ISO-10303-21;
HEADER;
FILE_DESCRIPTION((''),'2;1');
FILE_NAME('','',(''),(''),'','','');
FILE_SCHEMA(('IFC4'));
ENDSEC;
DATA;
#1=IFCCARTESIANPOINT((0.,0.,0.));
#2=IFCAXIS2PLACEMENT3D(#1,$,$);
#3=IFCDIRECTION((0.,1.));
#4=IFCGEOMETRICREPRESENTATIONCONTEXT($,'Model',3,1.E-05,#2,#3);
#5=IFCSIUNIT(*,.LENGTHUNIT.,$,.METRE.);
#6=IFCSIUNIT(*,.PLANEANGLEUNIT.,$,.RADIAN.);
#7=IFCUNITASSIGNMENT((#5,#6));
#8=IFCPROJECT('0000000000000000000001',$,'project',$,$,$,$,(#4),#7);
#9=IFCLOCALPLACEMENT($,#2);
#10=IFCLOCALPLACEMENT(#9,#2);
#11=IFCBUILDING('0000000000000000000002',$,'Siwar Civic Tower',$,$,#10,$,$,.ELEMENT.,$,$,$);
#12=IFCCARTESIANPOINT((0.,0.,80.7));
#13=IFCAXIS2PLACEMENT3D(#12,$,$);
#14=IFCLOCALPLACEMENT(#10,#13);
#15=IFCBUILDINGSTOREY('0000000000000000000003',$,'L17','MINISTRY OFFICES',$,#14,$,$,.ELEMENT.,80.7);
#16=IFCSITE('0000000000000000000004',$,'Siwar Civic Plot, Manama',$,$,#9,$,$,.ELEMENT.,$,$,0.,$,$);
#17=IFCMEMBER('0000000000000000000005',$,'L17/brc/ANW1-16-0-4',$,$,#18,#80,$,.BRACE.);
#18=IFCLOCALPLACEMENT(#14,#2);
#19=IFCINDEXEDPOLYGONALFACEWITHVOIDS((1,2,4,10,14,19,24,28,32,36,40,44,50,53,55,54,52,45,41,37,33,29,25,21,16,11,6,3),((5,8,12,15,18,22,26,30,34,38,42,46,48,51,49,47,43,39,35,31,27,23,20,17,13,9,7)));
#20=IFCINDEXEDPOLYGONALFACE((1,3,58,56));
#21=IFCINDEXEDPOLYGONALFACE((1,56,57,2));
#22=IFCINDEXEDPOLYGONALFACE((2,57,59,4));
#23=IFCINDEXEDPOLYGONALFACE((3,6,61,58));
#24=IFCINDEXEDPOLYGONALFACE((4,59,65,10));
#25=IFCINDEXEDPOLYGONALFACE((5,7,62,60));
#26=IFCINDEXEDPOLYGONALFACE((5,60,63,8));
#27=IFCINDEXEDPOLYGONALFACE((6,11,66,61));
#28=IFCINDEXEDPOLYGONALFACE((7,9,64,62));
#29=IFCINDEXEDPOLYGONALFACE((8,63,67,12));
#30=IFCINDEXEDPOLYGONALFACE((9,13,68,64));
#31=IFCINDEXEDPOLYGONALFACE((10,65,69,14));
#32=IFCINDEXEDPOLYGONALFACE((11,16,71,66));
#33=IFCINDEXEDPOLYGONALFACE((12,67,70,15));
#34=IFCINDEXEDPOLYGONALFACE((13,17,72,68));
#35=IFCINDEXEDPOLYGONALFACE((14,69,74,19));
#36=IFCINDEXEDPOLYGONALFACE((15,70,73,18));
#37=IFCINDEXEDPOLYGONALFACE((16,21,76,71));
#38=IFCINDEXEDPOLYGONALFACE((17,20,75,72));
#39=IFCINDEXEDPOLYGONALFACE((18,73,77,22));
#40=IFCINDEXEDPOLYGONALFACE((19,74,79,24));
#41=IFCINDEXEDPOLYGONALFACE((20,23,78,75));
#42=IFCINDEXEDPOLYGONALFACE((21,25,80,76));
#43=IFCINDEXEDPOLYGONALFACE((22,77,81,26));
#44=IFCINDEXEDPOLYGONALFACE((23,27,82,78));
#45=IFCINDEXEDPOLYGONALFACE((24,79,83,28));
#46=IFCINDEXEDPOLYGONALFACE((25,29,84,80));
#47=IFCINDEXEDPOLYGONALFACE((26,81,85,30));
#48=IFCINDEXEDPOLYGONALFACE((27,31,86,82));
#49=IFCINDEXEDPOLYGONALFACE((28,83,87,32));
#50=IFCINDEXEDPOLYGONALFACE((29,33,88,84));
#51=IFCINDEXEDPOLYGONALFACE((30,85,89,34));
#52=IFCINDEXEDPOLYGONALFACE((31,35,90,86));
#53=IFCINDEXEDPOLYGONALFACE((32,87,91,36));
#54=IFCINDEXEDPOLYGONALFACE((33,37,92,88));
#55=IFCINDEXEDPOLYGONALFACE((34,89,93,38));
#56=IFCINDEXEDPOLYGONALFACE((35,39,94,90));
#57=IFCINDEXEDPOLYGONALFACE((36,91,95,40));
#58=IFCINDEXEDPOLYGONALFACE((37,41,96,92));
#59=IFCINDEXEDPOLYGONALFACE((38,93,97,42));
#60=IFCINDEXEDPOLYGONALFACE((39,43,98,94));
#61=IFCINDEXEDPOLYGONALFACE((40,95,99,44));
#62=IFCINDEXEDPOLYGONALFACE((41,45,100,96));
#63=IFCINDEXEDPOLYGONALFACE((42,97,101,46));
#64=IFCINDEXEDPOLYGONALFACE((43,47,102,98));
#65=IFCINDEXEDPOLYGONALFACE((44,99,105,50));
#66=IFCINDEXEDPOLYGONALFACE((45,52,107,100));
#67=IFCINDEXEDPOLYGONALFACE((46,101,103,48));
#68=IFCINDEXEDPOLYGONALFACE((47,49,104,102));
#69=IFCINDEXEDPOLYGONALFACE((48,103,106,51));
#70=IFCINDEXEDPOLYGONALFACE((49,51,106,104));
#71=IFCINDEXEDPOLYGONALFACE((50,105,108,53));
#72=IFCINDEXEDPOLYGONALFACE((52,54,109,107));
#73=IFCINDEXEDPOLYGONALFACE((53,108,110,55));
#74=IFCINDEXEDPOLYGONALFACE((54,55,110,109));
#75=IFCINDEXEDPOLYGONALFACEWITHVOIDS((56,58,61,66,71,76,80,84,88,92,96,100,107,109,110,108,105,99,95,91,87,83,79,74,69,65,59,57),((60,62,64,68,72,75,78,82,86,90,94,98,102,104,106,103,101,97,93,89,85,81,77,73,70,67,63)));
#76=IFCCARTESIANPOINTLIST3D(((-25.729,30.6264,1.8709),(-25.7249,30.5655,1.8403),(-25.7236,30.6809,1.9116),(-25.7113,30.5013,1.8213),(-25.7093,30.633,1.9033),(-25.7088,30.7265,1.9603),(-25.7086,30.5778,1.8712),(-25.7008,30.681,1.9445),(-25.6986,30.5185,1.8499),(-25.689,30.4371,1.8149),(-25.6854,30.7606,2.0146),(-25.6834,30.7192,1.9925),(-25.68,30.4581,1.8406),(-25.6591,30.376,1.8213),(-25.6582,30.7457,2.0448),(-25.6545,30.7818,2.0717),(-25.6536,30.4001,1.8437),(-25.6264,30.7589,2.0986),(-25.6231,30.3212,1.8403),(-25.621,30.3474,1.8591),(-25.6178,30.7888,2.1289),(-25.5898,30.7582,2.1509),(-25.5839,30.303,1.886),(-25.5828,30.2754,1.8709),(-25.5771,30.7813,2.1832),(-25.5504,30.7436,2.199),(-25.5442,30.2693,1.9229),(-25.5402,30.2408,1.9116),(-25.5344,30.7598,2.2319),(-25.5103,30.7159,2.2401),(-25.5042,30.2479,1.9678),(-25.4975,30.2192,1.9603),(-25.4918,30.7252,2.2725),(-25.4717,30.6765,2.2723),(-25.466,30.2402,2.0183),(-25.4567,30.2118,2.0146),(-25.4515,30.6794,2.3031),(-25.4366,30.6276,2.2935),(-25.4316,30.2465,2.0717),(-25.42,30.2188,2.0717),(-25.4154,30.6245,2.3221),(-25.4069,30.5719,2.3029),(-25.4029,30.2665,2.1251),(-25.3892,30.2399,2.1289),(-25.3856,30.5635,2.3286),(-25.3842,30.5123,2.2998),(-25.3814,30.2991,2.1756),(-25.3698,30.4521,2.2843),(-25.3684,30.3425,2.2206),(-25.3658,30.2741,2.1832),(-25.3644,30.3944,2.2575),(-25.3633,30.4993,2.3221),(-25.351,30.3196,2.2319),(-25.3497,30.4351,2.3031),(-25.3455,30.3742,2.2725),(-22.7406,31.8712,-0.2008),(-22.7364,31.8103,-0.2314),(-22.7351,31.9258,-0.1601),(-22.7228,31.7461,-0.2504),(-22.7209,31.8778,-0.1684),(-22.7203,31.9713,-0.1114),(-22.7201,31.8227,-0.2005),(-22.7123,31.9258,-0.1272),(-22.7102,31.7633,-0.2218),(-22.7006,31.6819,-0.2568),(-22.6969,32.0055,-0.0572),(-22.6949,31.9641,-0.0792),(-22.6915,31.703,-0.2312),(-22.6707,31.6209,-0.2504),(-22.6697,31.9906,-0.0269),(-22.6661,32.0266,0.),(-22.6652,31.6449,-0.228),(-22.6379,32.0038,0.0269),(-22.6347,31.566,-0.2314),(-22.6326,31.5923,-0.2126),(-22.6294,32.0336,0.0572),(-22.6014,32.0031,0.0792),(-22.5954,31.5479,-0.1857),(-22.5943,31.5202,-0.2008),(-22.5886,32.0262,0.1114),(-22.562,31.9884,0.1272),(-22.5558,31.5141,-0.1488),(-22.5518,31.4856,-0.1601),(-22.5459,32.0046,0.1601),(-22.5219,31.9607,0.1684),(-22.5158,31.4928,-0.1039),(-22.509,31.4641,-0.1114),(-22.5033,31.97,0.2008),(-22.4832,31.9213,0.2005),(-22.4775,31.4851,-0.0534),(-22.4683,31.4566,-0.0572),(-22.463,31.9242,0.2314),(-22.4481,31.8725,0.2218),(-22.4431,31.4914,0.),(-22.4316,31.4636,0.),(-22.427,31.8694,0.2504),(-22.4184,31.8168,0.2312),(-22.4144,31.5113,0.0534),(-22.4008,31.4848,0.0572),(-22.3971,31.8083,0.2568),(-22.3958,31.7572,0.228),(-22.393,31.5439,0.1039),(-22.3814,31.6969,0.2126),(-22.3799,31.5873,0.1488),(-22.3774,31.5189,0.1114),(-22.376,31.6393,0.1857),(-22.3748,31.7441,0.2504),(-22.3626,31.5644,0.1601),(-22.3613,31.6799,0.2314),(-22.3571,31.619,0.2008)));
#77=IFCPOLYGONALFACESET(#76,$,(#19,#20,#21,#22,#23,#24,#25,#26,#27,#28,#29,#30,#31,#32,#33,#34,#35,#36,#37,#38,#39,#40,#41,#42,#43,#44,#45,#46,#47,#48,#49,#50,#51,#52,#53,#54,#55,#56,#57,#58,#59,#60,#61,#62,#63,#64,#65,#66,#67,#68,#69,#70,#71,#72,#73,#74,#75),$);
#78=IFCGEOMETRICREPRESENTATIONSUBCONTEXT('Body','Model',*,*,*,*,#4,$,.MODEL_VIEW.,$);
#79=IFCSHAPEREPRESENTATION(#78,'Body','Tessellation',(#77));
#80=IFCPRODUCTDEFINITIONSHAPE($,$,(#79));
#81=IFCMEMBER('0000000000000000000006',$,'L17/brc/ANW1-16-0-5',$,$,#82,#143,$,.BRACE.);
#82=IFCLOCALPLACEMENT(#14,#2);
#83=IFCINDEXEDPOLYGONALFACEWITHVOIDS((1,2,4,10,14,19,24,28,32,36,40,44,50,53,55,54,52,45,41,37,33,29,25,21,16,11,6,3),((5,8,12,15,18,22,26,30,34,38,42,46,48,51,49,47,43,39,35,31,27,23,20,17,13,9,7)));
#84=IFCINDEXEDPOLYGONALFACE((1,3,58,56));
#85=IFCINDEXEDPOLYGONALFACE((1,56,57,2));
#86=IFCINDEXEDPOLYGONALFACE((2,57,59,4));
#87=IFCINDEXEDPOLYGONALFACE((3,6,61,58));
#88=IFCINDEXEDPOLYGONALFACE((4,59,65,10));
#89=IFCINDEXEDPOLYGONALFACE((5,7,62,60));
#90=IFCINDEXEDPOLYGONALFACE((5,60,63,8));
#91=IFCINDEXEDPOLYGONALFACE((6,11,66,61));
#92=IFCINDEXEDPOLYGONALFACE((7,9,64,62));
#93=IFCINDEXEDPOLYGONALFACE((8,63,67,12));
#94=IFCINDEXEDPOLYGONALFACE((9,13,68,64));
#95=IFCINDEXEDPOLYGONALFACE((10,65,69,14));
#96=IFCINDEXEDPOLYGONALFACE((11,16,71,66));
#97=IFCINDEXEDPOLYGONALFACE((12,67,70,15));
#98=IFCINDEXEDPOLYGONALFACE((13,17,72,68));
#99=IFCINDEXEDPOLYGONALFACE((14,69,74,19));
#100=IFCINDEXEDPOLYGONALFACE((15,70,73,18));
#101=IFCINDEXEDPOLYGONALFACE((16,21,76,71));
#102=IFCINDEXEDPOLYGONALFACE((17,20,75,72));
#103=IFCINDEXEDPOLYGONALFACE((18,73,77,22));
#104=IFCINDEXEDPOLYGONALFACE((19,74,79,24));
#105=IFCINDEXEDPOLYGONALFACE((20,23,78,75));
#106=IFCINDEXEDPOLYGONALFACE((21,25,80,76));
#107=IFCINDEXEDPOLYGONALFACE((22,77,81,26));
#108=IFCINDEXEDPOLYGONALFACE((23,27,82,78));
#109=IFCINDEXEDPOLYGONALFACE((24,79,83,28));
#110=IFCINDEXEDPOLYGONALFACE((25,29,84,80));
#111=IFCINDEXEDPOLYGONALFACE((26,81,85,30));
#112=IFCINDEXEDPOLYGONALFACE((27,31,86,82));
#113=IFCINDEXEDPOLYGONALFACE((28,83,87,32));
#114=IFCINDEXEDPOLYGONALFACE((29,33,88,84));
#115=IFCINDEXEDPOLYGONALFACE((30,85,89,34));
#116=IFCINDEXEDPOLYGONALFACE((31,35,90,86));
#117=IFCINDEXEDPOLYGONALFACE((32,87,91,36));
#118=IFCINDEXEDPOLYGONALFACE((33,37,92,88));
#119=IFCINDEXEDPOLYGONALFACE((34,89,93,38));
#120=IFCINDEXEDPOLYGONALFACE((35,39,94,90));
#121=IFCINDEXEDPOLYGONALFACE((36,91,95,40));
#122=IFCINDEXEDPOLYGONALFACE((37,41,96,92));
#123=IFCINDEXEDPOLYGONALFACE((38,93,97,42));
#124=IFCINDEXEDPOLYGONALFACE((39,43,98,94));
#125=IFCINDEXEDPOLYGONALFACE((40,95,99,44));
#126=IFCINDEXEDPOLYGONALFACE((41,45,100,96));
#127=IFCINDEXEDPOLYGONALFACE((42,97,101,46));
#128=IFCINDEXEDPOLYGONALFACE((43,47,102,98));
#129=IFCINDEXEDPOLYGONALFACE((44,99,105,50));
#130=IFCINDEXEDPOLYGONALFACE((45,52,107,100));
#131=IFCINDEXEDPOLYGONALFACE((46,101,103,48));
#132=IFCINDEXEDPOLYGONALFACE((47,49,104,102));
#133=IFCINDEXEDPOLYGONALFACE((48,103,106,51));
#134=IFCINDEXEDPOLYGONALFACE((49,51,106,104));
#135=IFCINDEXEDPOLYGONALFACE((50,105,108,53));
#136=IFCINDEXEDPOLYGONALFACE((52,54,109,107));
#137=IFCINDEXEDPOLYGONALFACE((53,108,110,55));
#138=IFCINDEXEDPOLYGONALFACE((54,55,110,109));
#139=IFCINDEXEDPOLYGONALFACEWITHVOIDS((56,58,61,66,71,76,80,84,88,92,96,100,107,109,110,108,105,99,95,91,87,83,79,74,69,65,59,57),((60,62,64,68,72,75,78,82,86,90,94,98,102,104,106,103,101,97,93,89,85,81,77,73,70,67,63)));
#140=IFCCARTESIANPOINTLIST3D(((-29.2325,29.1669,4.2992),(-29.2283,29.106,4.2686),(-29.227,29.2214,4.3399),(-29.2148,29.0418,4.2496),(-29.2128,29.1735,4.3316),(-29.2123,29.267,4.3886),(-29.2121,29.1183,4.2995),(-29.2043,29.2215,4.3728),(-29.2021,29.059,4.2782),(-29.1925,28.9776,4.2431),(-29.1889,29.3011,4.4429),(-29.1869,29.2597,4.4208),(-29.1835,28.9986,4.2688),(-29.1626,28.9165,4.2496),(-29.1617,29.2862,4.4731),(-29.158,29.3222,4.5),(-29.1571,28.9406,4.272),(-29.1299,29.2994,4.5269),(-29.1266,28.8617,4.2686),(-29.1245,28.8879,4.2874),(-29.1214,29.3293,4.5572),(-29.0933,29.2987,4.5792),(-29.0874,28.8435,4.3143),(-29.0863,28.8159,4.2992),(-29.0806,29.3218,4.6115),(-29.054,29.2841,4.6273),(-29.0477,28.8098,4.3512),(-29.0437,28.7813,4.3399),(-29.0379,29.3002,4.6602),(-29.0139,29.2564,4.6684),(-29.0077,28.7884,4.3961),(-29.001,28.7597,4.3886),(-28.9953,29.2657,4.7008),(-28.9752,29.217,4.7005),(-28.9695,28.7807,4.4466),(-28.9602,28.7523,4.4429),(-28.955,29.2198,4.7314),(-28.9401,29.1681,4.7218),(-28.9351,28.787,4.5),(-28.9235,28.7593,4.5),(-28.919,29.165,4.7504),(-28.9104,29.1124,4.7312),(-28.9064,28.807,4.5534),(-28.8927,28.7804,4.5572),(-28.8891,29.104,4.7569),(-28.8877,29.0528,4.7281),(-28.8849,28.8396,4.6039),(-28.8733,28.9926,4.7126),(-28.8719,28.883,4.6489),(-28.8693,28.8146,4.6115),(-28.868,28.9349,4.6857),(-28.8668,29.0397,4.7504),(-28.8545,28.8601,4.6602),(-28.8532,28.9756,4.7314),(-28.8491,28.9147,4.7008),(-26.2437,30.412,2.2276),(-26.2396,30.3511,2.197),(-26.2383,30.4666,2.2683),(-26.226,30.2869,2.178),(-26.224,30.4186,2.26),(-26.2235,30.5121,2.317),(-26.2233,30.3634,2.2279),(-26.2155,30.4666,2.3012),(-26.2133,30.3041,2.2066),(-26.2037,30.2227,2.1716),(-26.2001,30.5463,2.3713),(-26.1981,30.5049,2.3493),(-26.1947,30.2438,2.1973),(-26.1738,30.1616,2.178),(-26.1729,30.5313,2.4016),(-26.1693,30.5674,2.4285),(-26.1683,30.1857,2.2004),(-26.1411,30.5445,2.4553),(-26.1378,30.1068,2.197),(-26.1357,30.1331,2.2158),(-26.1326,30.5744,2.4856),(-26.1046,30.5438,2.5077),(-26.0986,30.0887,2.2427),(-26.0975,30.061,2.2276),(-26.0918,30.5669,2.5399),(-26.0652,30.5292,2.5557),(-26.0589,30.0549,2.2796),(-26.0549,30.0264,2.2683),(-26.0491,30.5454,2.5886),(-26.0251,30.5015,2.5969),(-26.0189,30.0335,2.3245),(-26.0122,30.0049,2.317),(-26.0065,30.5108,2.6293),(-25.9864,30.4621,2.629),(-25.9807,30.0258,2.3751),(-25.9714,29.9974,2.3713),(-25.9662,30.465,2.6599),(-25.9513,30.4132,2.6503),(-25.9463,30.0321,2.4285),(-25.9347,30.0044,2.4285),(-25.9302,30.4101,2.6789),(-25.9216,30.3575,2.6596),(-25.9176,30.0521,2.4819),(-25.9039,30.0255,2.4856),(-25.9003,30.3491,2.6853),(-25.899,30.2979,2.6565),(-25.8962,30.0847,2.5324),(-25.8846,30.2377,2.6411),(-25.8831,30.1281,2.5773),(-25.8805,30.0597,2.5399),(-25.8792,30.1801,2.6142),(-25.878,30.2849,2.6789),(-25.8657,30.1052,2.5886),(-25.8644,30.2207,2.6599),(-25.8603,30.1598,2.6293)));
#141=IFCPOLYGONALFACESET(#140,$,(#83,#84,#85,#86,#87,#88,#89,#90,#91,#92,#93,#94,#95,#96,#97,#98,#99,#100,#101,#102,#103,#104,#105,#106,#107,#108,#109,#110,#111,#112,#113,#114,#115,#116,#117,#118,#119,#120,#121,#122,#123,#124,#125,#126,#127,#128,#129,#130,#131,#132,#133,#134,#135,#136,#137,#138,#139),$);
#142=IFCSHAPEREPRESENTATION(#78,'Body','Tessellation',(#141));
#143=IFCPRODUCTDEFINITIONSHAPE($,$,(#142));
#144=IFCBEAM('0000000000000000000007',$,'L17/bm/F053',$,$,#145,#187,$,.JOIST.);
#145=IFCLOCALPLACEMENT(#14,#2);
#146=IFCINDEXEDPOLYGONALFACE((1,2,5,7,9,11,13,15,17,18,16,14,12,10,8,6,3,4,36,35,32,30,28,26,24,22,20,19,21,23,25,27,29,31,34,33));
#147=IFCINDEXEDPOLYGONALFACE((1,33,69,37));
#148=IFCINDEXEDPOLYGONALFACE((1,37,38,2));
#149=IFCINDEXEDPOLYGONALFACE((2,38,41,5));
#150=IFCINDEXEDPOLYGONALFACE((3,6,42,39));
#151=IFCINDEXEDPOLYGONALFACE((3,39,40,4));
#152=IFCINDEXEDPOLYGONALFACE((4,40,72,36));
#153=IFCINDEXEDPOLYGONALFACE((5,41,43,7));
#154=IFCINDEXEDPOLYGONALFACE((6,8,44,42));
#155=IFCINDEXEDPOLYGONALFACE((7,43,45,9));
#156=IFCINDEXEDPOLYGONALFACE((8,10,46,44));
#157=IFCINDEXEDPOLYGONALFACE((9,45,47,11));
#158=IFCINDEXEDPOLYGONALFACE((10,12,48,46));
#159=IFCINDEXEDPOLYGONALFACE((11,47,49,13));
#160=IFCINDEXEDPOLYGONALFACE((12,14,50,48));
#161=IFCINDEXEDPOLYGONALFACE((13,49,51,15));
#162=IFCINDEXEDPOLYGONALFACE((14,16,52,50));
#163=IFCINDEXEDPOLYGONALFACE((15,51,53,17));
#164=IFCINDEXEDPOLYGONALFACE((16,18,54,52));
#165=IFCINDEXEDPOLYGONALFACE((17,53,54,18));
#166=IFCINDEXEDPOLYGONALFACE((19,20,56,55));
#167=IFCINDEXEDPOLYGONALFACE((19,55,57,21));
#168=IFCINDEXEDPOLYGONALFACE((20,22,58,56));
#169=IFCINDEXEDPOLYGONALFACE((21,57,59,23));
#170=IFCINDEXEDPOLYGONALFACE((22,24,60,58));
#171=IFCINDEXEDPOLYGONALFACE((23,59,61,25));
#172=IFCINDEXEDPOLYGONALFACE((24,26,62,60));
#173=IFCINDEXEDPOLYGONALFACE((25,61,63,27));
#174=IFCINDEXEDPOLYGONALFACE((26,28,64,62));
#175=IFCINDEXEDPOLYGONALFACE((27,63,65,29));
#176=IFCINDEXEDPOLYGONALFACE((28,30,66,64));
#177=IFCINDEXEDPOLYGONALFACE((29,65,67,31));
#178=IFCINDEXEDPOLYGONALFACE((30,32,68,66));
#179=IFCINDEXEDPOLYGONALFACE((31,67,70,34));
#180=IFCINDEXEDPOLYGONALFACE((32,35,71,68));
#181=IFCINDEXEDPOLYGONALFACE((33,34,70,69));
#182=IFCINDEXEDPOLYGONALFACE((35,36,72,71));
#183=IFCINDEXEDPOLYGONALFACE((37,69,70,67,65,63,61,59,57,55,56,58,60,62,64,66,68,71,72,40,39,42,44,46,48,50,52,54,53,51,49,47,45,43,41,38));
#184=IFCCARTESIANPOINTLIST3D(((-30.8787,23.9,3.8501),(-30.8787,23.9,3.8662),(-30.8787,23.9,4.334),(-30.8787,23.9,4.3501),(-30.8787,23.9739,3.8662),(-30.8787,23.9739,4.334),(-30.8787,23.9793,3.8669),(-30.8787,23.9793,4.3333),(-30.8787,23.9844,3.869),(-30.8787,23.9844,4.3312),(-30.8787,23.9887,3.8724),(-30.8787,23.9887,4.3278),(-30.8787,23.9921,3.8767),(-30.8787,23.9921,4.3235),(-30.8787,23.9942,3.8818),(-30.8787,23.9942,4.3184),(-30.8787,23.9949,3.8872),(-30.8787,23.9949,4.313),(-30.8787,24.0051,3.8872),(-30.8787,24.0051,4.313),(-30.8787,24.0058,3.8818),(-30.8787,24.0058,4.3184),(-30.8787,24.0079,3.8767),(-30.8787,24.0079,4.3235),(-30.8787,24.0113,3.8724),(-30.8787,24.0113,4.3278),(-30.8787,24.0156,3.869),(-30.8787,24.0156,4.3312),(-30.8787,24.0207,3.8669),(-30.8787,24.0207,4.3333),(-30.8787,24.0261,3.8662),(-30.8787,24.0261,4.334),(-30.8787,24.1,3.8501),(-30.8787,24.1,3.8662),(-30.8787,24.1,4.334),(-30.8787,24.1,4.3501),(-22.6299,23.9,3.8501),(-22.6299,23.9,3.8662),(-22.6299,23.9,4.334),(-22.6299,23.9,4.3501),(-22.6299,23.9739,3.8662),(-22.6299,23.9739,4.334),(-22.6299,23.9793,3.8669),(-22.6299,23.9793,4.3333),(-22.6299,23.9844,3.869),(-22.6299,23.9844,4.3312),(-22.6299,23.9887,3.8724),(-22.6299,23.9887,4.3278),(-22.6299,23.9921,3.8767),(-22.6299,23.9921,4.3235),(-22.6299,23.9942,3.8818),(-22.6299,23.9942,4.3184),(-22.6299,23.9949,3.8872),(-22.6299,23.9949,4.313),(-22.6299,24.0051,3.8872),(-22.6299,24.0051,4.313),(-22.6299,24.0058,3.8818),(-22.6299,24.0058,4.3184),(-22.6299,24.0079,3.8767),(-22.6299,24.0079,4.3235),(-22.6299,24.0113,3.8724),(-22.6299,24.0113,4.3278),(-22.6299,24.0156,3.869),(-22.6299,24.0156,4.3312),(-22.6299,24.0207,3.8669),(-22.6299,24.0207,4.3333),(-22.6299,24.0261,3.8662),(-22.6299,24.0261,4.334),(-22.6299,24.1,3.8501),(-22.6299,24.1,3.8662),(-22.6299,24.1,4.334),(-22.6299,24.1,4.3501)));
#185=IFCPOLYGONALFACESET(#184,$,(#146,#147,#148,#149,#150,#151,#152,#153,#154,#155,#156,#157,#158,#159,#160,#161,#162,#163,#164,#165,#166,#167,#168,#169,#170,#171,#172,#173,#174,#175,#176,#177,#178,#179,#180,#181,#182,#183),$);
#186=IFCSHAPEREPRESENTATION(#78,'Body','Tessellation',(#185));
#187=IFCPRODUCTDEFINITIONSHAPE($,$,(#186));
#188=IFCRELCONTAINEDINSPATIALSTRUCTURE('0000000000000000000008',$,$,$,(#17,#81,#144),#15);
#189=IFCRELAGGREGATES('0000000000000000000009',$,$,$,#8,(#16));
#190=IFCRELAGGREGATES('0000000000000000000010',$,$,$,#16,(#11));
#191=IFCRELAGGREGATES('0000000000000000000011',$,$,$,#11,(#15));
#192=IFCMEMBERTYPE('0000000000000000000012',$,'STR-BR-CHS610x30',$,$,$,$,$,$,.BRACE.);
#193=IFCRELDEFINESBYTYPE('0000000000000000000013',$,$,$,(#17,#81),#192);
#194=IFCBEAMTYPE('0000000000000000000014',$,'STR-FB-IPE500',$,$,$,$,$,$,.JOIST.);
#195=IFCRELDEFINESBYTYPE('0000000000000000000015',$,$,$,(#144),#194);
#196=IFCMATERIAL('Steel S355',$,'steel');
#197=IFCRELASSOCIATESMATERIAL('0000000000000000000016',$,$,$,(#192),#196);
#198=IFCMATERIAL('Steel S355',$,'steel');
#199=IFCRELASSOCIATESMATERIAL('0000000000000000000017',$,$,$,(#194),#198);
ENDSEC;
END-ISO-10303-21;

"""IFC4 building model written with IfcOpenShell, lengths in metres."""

from ifc_helpers import new_model, si_unit, direction, frame, origin, origin_2d, place, context, subcontext, project, spatial, hollow_circle, i_section, extrude, material, material_profile, profile_set, type_object, element, save


model = new_model("IFC4")

# Units and contexts
model_context = context("Model", 3, precision=1e-05, world=origin(), true_north=direction((0.0, 1.0)))
body_context = subcontext(model_context, "Body", "Model", "MODEL_VIEW")
ifc_project = project(units=[si_unit("LENGTHUNIT", "METRE"), si_unit("PLANEANGLEUNIT", "RADIAN")], contexts=[model_context])

# Site, building, storey
site_placement = place(None, origin())
site = spatial("IfcSite", under=ifc_project, at=site_placement, Name="Siwar Civic Plot, Manama", CompositionType="ELEMENT", RefElevation=0.0)
building_placement = place(site_placement, origin())
building = spatial("IfcBuilding", under=site, at=building_placement, Name="Siwar Civic Tower", CompositionType="ELEMENT")
storey_placement = place(building_placement, frame((0.0, 0.0, 80.7)))
storey = spatial("IfcBuildingStorey", under=building, at=storey_placement, Name="L17", Description="MINISTRY OFFICES", CompositionType="ELEMENT", Elevation=80.7)

# Members
ifc_material_1 = material(Name="Steel S355", Category="steel")
ifc_material_profile_1 = material_profile(ifc_material_1, hollow_circle(Radius=0.3049, WallThickness=0.03, at=origin_2d()), Name="CHS610x30")
ifc_profile_set_1 = profile_set([ifc_material_profile_1], Name="Steel S355")
member_type_1 = type_object("IfcMemberType", Name="STR-BR-CHS610x30", PredefinedType="BRACE", material=ifc_profile_set_1)
member_1_placement = place(storey_placement, frame((-22.5488, 31.7451, 0.0), z_axis=(-0.777533, -0.323882, 0.53902), x_axis=(0.384524, -0.923115, 0.0)))
element("IfcMember", 1, at=member_1_placement, inside=storey, type_object=member_type_1, Name="L17/brc/ANW1-16-0-4", PredefinedType="BRACE", context=body_context, shape_type="SweptSolid", body=[
    extrude(hollow_circle(Radius=0.3049, WallThickness=0.03, at=origin_2d()), origin(), (0.0, 0.0, 1.0), 3.8435),
])
member_2_placement = place(storey_placement, frame((-26.052, 30.2859, 2.4285), z_axis=(-0.777569, -0.323934, 0.538937), x_axis=(0.384562, -0.923099, 0.0)))
element("IfcMember", 2, at=member_2_placement, inside=storey, type_object=member_type_1, Name="L17/brc/ANW1-16-0-5", PredefinedType="BRACE", context=body_context, shape_type="SweptSolid", body=[
    extrude(hollow_circle(Radius=0.3049, WallThickness=0.03, at=origin_2d()), origin(), (0.0, 0.0, 1.0), 3.8438),
])

# Beam
ifc_material_2 = material(Name="Steel S355", Category="steel")
ifc_material_profile_2 = material_profile(ifc_material_2, i_section(OverallWidth=0.2, OverallDepth=0.5, WebThickness=0.0103, FlangeThickness=0.0161, FilletRadius=0.021, at=origin_2d()), Name="IPE500")
ifc_profile_set_2 = profile_set([ifc_material_profile_2], Name="Steel S355")
beam_type_1 = type_object("IfcBeamType", Name="STR-FB-IPE500", PredefinedType="JOIST", material=ifc_profile_set_2)
beam_1_placement = place(storey_placement, frame((-30.8787, 24.0, 4.1001), z_axis=(1.0, 0.0, 0.0), x_axis=(0.0, 1.0, 0.0)))
element("IfcBeam", 3, at=beam_1_placement, inside=storey, type_object=beam_type_1, Name="L17/bm/F053", PredefinedType="JOIST", context=body_context, shape_type="SweptSolid", body=[
    extrude(i_section(OverallWidth=0.2, OverallDepth=0.5, WebThickness=0.0103, FlangeThickness=0.0161, FilletRadius=0.021, at=origin_2d()), origin(), (0.0, 0.0, 1.0), 8.2488),
])

save(model, "model.ifc")
